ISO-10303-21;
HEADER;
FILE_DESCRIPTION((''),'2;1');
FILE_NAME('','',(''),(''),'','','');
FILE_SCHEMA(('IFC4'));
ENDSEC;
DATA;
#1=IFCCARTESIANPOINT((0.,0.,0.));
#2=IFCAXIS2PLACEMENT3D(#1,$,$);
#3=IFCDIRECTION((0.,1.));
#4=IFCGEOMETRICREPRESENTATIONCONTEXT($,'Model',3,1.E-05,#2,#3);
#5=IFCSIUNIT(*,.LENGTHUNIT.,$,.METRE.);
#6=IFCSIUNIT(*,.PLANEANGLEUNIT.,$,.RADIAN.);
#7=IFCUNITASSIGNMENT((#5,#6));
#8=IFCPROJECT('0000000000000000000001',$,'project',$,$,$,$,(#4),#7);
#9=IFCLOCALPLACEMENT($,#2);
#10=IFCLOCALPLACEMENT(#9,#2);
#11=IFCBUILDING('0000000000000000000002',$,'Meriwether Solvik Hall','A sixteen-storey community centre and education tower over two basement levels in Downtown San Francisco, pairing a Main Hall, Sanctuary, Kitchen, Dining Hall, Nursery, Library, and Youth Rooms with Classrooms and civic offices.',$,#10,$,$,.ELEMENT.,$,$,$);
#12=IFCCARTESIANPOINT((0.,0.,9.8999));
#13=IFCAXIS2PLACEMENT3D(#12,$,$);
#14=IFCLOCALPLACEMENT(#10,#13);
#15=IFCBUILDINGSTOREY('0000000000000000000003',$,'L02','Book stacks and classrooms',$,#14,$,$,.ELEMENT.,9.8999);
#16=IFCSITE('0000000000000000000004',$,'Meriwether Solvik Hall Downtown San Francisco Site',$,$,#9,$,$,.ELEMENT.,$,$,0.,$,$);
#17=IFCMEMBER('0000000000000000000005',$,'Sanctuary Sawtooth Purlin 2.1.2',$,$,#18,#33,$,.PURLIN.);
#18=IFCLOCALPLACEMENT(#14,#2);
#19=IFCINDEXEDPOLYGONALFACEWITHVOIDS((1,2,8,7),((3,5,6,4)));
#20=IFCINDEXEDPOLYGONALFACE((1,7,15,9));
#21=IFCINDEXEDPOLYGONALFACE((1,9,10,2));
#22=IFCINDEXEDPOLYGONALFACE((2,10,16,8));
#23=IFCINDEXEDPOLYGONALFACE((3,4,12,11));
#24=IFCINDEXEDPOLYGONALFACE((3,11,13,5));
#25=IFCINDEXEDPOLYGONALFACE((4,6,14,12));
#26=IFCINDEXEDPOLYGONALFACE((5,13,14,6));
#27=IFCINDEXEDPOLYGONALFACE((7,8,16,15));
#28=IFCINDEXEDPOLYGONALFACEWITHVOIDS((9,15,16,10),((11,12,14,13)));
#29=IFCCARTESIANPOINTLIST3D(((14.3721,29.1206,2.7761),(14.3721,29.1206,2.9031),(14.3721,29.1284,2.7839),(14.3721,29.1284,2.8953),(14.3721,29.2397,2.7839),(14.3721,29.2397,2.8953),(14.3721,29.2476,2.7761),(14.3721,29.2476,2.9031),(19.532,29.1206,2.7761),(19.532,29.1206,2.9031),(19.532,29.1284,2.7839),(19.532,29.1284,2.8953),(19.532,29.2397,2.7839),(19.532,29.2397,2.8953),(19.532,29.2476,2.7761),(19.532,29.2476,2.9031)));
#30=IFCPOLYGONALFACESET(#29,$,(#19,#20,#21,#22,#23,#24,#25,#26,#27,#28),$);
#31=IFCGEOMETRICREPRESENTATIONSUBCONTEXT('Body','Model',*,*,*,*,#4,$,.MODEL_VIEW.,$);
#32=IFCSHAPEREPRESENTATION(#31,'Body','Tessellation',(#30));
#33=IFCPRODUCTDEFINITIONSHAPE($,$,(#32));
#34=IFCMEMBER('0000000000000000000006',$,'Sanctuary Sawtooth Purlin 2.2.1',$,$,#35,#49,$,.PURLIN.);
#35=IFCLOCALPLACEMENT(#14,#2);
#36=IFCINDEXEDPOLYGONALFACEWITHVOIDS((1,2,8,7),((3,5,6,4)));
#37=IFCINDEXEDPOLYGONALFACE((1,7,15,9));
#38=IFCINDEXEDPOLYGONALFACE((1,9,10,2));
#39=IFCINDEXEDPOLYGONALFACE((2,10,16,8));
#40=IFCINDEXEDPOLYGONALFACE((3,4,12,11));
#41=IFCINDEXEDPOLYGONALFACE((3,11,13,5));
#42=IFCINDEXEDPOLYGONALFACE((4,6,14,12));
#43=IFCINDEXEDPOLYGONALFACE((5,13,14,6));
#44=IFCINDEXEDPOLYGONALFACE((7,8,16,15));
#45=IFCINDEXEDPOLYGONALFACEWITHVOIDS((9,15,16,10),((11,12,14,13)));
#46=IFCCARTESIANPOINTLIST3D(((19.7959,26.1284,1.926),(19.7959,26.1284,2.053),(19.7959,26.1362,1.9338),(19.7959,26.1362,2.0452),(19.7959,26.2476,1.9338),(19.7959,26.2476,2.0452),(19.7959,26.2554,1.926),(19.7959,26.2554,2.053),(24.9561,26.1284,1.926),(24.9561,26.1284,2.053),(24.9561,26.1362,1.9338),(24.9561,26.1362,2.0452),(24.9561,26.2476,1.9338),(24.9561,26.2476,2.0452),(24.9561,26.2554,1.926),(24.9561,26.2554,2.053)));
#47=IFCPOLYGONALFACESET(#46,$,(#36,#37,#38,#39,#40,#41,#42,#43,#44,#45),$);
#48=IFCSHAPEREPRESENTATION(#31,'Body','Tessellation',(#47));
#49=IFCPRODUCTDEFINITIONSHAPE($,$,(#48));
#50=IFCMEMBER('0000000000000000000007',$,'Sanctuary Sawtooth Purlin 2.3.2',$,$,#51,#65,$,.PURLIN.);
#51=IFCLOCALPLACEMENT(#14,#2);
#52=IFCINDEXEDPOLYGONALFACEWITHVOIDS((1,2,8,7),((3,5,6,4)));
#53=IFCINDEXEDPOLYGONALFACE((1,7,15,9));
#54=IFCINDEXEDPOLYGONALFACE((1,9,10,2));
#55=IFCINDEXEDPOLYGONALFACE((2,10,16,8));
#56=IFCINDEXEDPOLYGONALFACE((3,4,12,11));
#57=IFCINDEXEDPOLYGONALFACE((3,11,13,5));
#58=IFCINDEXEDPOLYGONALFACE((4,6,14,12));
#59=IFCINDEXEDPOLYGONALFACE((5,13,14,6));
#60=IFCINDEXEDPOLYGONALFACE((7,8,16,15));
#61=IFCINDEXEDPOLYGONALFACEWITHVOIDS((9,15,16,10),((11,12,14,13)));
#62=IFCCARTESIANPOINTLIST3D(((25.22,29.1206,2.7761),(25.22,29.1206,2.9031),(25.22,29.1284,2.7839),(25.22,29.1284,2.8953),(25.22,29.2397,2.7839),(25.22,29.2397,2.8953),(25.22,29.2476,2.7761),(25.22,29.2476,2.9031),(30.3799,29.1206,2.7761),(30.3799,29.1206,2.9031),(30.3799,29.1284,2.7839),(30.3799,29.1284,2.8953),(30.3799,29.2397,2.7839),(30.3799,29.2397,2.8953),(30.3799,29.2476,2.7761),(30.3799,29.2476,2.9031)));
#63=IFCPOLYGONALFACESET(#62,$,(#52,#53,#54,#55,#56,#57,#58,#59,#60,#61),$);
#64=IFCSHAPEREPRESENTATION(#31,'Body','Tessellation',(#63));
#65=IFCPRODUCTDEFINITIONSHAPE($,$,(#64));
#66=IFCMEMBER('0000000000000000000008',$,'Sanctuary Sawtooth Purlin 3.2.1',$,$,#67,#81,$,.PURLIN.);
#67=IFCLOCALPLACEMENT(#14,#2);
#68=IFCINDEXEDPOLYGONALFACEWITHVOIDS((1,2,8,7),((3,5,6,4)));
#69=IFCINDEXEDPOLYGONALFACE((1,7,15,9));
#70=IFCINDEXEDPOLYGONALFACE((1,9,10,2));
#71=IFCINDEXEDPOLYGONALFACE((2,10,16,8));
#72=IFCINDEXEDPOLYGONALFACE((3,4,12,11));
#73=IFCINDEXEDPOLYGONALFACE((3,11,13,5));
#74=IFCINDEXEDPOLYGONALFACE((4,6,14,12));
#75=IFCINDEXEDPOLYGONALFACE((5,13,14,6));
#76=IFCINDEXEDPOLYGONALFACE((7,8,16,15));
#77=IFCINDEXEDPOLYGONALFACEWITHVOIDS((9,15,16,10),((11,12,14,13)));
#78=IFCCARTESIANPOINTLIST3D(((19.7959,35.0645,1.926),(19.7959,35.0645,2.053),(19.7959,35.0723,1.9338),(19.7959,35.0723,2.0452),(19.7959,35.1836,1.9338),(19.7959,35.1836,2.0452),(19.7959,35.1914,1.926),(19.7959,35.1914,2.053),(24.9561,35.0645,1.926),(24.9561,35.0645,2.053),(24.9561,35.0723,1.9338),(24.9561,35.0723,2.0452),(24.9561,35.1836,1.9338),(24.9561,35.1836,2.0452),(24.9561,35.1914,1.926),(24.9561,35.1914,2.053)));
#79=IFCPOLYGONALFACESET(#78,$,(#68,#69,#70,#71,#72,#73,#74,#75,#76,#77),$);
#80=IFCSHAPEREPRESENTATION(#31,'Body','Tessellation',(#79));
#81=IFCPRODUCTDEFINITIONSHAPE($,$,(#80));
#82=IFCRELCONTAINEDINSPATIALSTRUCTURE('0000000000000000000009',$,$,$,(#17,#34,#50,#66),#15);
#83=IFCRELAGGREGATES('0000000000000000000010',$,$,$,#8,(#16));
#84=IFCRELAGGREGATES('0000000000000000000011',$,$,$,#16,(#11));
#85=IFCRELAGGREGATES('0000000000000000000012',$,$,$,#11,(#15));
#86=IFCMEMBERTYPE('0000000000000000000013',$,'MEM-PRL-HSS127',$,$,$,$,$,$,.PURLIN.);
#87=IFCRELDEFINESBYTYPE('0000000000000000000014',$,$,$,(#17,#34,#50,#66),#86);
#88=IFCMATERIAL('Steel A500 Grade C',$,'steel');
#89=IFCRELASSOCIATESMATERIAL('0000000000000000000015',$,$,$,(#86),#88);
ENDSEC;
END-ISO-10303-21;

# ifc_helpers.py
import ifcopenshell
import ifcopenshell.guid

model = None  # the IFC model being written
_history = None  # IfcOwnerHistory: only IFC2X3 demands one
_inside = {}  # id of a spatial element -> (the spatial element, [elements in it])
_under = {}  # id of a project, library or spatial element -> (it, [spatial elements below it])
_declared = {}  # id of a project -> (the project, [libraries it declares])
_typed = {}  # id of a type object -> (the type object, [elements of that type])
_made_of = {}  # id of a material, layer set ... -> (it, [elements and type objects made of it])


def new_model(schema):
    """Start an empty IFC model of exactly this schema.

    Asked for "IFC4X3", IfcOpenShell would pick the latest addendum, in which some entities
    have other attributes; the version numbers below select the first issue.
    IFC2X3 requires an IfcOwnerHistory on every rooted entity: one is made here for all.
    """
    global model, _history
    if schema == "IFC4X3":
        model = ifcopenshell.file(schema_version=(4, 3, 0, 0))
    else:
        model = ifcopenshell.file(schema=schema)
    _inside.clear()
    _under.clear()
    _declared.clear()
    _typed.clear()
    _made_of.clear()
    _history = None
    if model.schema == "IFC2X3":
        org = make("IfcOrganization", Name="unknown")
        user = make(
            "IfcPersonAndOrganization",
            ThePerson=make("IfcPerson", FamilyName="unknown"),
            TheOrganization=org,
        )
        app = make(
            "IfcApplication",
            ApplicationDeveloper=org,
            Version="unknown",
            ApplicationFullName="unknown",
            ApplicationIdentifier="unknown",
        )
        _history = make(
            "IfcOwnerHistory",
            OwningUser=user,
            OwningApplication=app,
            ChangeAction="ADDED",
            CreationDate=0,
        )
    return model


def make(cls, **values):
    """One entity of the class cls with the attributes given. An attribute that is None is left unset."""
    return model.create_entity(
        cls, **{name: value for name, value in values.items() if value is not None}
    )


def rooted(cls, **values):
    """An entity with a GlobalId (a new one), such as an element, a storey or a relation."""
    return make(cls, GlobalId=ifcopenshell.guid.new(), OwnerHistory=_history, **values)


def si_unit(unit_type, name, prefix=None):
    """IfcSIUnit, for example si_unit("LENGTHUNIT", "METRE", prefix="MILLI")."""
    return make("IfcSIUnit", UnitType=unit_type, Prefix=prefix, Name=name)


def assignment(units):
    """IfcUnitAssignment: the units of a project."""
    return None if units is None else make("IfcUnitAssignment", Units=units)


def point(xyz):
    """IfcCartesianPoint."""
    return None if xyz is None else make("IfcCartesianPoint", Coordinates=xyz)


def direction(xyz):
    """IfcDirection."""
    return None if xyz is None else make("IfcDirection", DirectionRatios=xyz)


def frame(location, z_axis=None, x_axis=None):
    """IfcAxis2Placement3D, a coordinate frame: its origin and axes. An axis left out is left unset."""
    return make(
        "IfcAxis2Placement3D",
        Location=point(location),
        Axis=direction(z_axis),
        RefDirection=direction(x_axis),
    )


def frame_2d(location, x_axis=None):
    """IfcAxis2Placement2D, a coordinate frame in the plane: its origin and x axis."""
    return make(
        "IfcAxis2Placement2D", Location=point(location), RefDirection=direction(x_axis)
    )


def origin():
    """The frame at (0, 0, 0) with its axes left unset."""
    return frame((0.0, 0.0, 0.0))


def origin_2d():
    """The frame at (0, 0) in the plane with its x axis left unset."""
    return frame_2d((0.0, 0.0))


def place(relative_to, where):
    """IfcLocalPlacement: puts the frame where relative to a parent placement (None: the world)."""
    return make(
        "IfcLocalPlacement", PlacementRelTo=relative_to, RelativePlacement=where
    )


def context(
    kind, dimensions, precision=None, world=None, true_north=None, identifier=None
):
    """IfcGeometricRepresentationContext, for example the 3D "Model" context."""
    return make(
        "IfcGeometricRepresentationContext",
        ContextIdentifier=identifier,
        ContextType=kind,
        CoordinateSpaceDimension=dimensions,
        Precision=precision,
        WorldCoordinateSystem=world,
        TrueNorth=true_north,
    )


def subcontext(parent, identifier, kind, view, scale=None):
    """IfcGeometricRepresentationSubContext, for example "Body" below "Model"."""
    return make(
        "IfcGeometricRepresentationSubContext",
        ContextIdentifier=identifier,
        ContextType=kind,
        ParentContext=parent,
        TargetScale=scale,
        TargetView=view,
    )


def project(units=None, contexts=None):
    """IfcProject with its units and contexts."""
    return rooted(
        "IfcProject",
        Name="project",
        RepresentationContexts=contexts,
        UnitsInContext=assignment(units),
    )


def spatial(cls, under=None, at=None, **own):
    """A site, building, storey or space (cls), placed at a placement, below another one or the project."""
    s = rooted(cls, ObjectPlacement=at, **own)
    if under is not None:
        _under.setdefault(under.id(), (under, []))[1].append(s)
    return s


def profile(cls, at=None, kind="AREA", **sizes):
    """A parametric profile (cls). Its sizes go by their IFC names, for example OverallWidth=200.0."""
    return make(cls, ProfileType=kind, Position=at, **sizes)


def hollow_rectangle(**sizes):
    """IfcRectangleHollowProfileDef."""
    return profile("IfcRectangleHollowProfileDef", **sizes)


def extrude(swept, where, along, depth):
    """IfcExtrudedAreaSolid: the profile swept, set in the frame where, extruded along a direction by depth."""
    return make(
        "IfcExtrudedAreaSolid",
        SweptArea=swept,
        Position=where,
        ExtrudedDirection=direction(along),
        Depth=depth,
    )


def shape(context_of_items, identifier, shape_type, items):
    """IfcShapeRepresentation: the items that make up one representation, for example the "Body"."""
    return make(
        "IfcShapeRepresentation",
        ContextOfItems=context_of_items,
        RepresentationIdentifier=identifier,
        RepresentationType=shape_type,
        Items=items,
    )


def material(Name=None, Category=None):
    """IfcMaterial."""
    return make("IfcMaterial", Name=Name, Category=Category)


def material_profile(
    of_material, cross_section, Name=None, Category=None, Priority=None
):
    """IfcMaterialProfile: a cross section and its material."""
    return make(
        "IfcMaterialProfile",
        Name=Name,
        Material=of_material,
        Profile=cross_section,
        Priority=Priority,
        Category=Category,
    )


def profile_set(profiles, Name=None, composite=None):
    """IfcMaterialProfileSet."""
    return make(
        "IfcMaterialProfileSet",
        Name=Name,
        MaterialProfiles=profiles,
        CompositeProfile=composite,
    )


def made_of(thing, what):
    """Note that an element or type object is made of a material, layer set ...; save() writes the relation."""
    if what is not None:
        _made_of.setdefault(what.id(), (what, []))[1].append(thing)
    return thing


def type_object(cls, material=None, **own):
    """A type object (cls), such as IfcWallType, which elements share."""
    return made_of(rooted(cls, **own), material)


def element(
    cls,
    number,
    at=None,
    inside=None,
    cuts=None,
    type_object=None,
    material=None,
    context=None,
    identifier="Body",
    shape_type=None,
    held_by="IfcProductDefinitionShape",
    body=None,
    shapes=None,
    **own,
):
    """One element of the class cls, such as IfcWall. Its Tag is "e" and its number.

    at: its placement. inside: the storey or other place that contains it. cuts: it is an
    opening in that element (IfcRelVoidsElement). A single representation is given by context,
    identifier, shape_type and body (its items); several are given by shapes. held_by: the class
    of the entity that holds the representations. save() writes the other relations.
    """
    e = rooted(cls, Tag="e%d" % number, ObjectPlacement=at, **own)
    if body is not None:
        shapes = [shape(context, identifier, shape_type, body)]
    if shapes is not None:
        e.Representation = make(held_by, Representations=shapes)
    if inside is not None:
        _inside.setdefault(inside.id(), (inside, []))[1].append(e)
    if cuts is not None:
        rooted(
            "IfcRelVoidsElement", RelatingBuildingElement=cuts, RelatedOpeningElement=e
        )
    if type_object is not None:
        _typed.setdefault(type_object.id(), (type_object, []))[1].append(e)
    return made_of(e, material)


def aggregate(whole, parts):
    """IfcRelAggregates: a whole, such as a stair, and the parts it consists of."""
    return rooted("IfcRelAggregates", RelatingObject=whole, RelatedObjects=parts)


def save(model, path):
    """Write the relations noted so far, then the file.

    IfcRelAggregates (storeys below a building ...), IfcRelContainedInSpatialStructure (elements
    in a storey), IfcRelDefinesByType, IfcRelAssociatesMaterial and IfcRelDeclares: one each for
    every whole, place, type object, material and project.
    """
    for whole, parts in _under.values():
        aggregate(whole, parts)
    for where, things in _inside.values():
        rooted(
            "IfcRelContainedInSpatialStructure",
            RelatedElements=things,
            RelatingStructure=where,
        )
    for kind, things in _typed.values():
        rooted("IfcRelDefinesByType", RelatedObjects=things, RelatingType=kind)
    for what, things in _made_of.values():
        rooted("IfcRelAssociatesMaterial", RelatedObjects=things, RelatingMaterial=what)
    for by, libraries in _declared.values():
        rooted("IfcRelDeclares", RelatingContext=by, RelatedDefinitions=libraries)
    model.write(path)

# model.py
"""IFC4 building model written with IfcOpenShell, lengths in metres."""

from ifc_helpers import new_model, si_unit, direction, frame, origin, origin_2d, place, context, subcontext, project, spatial, hollow_rectangle, extrude, material, material_profile, profile_set, type_object, element, save


model = new_model("IFC4")

# Units and contexts
model_context = context("Model", 3, precision=1e-05, world=origin(), true_north=direction((0.0, 1.0)))
body_context = subcontext(model_context, "Body", "Model", "MODEL_VIEW")
ifc_project = project(units=[si_unit("LENGTHUNIT", "METRE"), si_unit("PLANEANGLEUNIT", "RADIAN")], contexts=[model_context])

# Site, building, storey
site_placement = place(None, origin())
site = spatial("IfcSite", under=ifc_project, at=site_placement, Name="Meriwether Solvik Hall Downtown San Francisco Site", CompositionType="ELEMENT", RefElevation=0.0)
building_placement = place(site_placement, origin())
building = spatial("IfcBuilding", under=site, at=building_placement, Name="Meriwether Solvik Hall", Description="A sixteen-storey community centre and education tower over two basement levels in Downtown San Francisco, pairing a Main Hall, Sanctuary, Kitchen, Dining Hall, Nursery, Library, and Youth Rooms with Classrooms and civic offices.", CompositionType="ELEMENT")
storey_placement = place(building_placement, frame((0.0, 0.0, 9.8999)))
storey = spatial("IfcBuildingStorey", under=building, at=storey_placement, Name="L02", Description="Book stacks and classrooms", CompositionType="ELEMENT", Elevation=9.8999)

# Members
ifc_material_1 = material(Name="Steel A500 Grade C", Category="steel")
ifc_material_profile_1 = material_profile(ifc_material_1, hollow_rectangle(XDim=0.127, YDim=0.127, WallThickness=0.0078, at=origin_2d()), Name="HSS127X127X7.9")
ifc_profile_set_1 = profile_set([ifc_material_profile_1], Name="Steel A500 Grade C")
member_type_1 = type_object("IfcMemberType", Name="MEM-PRL-HSS127", PredefinedType="PURLIN", material=ifc_profile_set_1)
for number, where, z_axis, x_axis, name in (
    (1, (14.3721, 29.1841, 2.8396), (1.0, 0.0, 0.0), (0.0, 1.0, 0.0), "Sanctuary Sawtooth Purlin 2.1.2"),
):
    element("IfcMember", number, at=place(storey_placement, frame(where, z_axis=z_axis, x_axis=x_axis)), inside=storey, type_object=member_type_1, Name=name, PredefinedType="PURLIN", context=body_context, shape_type="SweptSolid", body=[
        extrude(hollow_rectangle(XDim=0.127, YDim=0.127, WallThickness=0.0078, at=origin_2d()), origin(), (0.0, 0.0, 1.0), 5.1599),
    ])
member_1_placement = place(storey_placement, frame((19.7959, 26.1919, 1.9895), z_axis=(1.0, 0.0, 0.0), x_axis=(0.0, 1.0, 0.0)))
element("IfcMember", 2, at=member_1_placement, inside=storey, type_object=member_type_1, Name="Sanctuary Sawtooth Purlin 2.2.1", PredefinedType="PURLIN", context=body_context, shape_type="SweptSolid", body=[
    extrude(hollow_rectangle(XDim=0.127, YDim=0.127, WallThickness=0.0078, at=origin_2d()), origin(), (0.0, 0.0, 1.0), 5.1602),
])
member_2_placement = place(storey_placement, frame((25.22, 29.1841, 2.8396), z_axis=(1.0, 0.0, 0.0), x_axis=(0.0, 1.0, 0.0)))
element("IfcMember", 3, at=member_2_placement, inside=storey, type_object=member_type_1, Name="Sanctuary Sawtooth Purlin 2.3.2", PredefinedType="PURLIN", context=body_context, shape_type="SweptSolid", body=[
    extrude(hollow_rectangle(XDim=0.127, YDim=0.127, WallThickness=0.0078, at=origin_2d()), origin(), (0.0, 0.0, 1.0), 5.1599),
])
member_3_placement = place(storey_placement, frame((19.7959, 35.1279, 1.9895), z_axis=(1.0, 0.0, 0.0), x_axis=(0.0, 1.0, 0.0)))
element("IfcMember", 4, at=member_3_placement, inside=storey, type_object=member_type_1, Name="Sanctuary Sawtooth Purlin 3.2.1", PredefinedType="PURLIN", context=body_context, shape_type="SweptSolid", body=[
    extrude(hollow_rectangle(XDim=0.127, YDim=0.127, WallThickness=0.0078, at=origin_2d()), origin(), (0.0, 0.0, 1.0), 5.1602),
])

save(model, "model.ifc")
